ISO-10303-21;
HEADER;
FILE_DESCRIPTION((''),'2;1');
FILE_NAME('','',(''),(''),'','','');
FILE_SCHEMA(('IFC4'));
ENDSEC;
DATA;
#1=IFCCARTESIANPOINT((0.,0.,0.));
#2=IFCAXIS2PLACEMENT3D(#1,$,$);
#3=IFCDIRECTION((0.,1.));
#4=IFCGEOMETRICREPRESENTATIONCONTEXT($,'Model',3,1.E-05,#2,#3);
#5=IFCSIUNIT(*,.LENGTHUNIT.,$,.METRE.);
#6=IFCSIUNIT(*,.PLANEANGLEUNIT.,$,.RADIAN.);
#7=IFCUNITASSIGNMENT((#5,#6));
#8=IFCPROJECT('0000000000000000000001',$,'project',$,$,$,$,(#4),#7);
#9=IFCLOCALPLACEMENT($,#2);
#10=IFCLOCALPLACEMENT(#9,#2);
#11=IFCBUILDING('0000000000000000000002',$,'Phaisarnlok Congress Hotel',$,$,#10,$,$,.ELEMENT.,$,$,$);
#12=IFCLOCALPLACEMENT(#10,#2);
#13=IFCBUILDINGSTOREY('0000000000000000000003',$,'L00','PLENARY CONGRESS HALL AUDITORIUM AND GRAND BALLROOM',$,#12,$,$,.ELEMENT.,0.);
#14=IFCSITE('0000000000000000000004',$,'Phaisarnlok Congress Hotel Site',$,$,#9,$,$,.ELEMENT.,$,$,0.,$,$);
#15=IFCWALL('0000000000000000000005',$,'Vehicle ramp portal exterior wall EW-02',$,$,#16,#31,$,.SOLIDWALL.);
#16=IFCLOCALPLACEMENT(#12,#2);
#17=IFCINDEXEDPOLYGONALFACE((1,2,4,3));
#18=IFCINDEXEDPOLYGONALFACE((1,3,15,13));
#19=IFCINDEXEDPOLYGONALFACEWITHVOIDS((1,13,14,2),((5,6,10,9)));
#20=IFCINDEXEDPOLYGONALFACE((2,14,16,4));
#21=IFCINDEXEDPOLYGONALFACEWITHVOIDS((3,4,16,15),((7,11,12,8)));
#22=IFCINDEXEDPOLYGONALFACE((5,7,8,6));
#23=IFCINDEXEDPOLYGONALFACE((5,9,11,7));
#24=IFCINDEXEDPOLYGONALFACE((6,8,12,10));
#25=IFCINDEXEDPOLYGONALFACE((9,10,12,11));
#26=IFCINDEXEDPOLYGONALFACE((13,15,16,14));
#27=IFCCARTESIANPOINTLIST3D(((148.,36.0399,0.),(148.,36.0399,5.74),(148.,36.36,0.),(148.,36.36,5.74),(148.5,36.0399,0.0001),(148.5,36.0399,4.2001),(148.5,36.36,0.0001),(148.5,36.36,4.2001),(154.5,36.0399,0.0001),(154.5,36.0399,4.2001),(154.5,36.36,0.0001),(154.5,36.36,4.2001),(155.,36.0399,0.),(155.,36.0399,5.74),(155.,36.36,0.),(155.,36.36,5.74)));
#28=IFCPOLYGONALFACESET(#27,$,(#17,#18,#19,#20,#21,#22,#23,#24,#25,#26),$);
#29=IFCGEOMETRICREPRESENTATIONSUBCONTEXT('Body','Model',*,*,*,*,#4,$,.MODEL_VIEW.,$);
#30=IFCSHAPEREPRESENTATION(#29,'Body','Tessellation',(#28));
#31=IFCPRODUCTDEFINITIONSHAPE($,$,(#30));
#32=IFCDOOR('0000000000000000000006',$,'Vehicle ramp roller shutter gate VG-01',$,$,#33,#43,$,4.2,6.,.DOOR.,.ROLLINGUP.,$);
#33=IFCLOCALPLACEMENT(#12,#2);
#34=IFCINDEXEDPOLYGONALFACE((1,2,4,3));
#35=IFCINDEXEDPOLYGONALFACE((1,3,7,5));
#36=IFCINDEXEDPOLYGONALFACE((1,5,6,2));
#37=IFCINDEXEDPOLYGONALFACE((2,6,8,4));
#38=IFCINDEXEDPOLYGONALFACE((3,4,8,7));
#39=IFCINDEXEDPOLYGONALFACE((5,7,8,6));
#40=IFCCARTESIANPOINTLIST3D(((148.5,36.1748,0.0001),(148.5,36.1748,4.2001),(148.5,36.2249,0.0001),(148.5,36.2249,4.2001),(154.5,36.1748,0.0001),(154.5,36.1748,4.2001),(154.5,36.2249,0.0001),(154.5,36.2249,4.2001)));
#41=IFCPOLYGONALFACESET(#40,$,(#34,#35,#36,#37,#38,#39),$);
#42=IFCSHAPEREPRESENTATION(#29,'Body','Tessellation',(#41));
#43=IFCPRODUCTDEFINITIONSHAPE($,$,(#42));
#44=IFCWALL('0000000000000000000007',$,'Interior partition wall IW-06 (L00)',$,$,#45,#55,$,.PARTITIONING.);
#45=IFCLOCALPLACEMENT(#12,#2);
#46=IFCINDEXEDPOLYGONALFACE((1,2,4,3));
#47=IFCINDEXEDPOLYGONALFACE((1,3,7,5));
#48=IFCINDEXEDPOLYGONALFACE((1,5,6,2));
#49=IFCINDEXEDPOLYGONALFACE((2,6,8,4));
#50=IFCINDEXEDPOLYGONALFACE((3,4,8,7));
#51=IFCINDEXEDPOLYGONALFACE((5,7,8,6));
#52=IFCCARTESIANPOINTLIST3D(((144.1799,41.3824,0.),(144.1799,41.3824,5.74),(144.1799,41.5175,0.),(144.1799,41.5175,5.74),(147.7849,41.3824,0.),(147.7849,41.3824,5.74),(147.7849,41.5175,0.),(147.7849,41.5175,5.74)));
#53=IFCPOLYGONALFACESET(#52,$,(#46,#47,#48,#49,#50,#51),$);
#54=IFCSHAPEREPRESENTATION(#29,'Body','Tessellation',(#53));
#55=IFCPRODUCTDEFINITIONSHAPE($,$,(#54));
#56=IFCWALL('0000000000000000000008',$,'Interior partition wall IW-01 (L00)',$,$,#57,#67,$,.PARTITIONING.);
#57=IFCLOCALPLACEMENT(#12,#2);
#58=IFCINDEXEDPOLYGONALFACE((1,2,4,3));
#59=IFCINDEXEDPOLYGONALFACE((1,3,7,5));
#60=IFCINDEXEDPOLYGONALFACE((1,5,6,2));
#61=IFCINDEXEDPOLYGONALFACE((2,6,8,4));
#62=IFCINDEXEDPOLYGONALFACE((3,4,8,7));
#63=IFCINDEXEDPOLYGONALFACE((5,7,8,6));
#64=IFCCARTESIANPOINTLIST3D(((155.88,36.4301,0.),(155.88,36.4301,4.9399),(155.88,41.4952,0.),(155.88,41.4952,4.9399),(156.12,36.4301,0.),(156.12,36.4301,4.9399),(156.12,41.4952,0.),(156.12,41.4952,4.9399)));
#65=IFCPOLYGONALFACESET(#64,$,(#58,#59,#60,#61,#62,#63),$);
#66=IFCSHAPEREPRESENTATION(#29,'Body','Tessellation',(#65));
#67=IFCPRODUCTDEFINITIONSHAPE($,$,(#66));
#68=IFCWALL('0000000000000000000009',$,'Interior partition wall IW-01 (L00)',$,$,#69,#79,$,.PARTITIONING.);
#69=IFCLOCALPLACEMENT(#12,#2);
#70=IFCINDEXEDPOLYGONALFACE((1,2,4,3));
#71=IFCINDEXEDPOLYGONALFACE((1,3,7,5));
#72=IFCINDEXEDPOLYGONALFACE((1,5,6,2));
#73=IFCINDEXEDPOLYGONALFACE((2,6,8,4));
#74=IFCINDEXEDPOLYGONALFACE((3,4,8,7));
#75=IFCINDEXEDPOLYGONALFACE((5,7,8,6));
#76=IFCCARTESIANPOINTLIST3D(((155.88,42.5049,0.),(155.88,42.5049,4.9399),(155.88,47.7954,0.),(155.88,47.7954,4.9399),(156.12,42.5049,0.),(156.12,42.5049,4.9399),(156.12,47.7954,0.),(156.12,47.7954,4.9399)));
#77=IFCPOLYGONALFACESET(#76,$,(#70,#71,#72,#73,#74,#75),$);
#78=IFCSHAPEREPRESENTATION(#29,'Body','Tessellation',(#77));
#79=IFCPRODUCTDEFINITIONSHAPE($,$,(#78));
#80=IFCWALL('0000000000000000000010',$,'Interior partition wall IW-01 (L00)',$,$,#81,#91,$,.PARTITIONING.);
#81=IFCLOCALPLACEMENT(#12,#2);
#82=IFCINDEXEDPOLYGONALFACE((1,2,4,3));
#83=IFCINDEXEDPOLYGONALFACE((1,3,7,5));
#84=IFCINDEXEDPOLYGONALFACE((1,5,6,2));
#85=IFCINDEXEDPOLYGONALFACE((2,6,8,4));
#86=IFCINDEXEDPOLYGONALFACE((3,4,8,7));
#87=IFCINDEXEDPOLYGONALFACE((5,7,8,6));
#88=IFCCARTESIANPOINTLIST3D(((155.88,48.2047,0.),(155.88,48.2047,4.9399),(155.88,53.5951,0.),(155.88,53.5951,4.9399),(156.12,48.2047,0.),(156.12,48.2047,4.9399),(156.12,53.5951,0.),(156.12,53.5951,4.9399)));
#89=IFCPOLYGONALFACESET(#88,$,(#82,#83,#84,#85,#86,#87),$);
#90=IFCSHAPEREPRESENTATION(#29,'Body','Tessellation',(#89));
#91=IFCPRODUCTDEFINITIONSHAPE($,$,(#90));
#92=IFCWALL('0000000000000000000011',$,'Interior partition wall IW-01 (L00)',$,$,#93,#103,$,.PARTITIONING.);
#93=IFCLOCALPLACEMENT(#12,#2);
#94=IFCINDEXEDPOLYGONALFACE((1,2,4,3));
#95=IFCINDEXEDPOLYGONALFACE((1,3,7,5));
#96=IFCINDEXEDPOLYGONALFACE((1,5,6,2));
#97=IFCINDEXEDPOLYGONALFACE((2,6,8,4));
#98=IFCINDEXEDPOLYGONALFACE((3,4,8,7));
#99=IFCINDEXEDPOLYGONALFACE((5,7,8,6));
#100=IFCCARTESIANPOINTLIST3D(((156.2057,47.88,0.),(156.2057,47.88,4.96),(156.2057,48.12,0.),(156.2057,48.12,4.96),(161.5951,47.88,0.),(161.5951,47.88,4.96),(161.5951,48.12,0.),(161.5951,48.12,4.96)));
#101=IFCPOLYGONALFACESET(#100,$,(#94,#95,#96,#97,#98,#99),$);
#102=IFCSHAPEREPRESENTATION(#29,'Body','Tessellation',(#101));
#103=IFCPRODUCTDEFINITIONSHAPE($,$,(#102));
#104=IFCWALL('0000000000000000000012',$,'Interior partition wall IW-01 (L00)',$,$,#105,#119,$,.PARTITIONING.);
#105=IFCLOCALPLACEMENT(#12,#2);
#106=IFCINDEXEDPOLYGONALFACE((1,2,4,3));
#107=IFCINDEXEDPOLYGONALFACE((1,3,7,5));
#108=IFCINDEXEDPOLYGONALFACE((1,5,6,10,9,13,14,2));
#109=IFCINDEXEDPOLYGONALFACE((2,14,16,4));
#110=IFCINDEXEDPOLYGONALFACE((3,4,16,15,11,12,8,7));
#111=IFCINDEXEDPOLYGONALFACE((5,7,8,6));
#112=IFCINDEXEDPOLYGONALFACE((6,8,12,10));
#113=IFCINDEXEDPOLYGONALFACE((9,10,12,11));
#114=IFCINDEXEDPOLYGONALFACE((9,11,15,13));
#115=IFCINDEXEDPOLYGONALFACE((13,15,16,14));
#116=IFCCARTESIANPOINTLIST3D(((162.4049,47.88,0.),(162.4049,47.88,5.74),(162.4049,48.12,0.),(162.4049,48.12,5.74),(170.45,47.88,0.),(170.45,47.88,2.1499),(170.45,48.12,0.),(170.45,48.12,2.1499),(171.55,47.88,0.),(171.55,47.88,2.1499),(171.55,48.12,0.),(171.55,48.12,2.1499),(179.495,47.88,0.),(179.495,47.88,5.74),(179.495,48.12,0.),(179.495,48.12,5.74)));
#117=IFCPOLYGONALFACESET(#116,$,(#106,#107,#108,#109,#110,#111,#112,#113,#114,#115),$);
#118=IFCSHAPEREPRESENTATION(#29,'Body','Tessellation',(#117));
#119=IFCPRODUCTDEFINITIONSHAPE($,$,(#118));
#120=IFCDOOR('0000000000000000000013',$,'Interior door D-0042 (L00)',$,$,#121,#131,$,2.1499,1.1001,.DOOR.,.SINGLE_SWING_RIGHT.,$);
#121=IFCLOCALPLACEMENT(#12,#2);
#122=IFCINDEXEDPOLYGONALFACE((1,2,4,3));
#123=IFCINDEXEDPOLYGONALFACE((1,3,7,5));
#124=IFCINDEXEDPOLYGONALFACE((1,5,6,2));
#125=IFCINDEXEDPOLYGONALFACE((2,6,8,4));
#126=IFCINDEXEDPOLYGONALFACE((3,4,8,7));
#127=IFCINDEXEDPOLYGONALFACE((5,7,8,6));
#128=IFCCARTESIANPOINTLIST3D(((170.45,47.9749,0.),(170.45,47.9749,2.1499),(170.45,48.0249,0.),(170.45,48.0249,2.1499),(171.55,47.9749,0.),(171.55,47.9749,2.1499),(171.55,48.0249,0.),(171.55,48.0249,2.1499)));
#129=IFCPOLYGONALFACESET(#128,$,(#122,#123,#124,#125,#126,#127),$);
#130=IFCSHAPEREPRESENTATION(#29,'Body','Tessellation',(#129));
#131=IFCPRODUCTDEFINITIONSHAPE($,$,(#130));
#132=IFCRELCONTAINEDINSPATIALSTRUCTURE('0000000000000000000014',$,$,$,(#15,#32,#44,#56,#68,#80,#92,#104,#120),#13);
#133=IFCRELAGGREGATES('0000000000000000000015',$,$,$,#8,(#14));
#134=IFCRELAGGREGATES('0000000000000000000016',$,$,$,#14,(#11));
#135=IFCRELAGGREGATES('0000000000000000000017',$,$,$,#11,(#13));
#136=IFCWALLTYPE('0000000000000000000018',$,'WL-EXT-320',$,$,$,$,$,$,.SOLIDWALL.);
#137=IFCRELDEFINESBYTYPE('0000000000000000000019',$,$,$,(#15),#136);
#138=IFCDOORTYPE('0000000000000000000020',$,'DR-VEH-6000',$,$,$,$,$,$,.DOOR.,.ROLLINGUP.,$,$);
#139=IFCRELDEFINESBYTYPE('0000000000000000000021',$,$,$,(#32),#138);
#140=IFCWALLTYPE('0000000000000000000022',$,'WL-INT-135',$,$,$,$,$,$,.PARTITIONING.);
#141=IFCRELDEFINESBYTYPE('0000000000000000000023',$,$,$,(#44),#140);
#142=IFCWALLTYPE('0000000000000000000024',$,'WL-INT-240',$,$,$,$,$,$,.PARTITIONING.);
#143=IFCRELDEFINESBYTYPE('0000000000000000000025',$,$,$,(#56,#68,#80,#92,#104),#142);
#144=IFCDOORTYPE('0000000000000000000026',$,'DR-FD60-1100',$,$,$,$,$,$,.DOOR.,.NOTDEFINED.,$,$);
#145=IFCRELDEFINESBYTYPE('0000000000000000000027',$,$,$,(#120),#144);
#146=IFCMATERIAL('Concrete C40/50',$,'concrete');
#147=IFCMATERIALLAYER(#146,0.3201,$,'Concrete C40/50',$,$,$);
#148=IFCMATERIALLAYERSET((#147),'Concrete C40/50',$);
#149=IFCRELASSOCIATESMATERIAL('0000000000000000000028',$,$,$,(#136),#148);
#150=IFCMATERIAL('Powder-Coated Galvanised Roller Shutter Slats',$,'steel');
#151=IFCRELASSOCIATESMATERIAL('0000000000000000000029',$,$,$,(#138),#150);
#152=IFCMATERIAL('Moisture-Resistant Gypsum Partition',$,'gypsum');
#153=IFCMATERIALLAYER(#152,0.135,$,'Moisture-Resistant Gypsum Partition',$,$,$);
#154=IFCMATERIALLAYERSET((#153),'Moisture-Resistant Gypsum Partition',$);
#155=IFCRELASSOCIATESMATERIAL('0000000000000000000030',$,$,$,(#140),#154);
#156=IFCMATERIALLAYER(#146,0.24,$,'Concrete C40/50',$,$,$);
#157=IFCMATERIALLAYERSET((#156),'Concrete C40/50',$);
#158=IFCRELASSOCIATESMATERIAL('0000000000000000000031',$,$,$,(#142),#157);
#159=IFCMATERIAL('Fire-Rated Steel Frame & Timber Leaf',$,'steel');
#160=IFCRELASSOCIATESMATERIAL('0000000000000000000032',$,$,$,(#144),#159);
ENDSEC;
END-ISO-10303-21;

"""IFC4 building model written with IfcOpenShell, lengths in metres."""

from ifc_helpers import new_model, si_unit, direction, frame, frame_2d, origin, place, context, subcontext, project, spatial, rectangle, extrude, material, layer, layer_set, type_object, element, fill, save


model = new_model("IFC4")

# Units and contexts
model_context = context("Model", 3, precision=1e-05, world=origin(), true_north=direction((0.0, 1.0)))
body_context = subcontext(model_context, "Body", "Model", "MODEL_VIEW")
ifc_project = project(units=[si_unit("LENGTHUNIT", "METRE"), si_unit("PLANEANGLEUNIT", "RADIAN")], contexts=[model_context])

# Site, building, storey
site_placement = place(None, origin())
site = spatial("IfcSite", under=ifc_project, at=site_placement, Name="Phaisarnlok Congress Hotel Site", CompositionType="ELEMENT", RefElevation=0.0)
building_placement = place(site_placement, origin())
building = spatial("IfcBuilding", under=site, at=building_placement, Name="Phaisarnlok Congress Hotel", CompositionType="ELEMENT")
storey_placement = place(building_placement, origin())
storey = spatial("IfcBuildingStorey", under=building, at=storey_placement, Name="L00", Description="PLENARY CONGRESS HALL AUDITORIUM AND GRAND BALLROOM", CompositionType="ELEMENT", Elevation=0.0)

# Shared definitions
ifc_material_1 = material(Name="Concrete C40/50", Category="concrete")

# Wall, opening, door
ifc_layer_1 = layer(ifc_material_1, 0.3201, Name="Concrete C40/50")
ifc_layer_set_1 = layer_set([ifc_layer_1], Name="Concrete C40/50")
wall_type_1 = type_object("IfcWallType", Name="WL-EXT-320", PredefinedType="SOLIDWALL", material=ifc_layer_set_1)
wall_1_placement = place(storey_placement, frame((155.0, 36.2, 0.0), z_axis=(0.0, 0.0, 1.0), x_axis=(-1.0, 0.0, 0.0)))
wall_1 = element("IfcWall", 1, at=wall_1_placement, inside=storey, type_object=wall_type_1, Name="Vehicle ramp portal exterior wall EW-02", PredefinedType="SOLIDWALL", context=body_context, shape_type="SweptSolid", body=[
    extrude(rectangle(XDim=7.0, YDim=0.3201, at=frame_2d((3.5, 0.0))), origin(), (0.0, 0.0, 1.0), 5.74),
])
opening_1_placement = place(wall_1_placement, frame((0.5, 0.0, 0.0)))
opening_1 = element("IfcOpeningElement", 2, at=opening_1_placement, cuts=wall_1, PredefinedType="OPENING", context=body_context, shape_type="SweptSolid", body=[
    extrude(rectangle(XDim=6.0, YDim=4.2, at=frame_2d((3.0, 2.1001))), frame((0.0, 0.1699, 0.0), z_axis=(0.0, -1.0, 0.0), x_axis=(1.0, 0.0, 0.0)), (0.0, 0.0, 1.0), 0.3401),
])
ifc_material_2 = material(Name="Powder-Coated Galvanised Roller Shutter Slats", Category="steel")
door_type_1 = type_object("IfcDoorType", Name="DR-VEH-6000", OperationType="ROLLINGUP", PredefinedType="DOOR", material=ifc_material_2)
door_1_placement = place(opening_1_placement, frame((6.0, 0.0, 0.0), z_axis=(0.0, 0.0, 1.0), x_axis=(-1.0, 0.0, 0.0)))
door_1 = element("IfcDoor", 3, at=door_1_placement, inside=storey, type_object=door_type_1, Name="Vehicle ramp roller shutter gate VG-01", OperationType="ROLLINGUP", OverallHeight=4.2, OverallWidth=6.0, PredefinedType="DOOR", context=body_context, shape_type="SweptSolid", body=[
    extrude(rectangle(XDim=6.0, YDim=4.2, at=frame_2d((3.0, 2.1001))), frame((0.0, 0.0249, 0.0), z_axis=(0.0, -1.0, 0.0), x_axis=(1.0, 0.0, 0.0)), (0.0, 0.0, 1.0), 0.05),
])
fill(opening_1, door_1)

# Walls
ifc_material_3 = material(Name="Moisture-Resistant Gypsum Partition", Category="gypsum")
ifc_layer_2 = layer(ifc_material_3, 0.135, Name="Moisture-Resistant Gypsum Partition")
ifc_layer_set_2 = layer_set([ifc_layer_2], Name="Moisture-Resistant Gypsum Partition")
wall_type_2 = type_object("IfcWallType", Name="WL-INT-135", PredefinedType="PARTITIONING", material=ifc_layer_set_2)
wall_2_placement = place(storey_placement, frame((144.1799, 41.45, 0.0), z_axis=(0.0, 0.0, 1.0), x_axis=(1.0, 0.0, 0.0)))
element("IfcWall", 4, at=wall_2_placement, inside=storey, type_object=wall_type_2, Name="Interior partition wall IW-06 (L00)", PredefinedType="PARTITIONING", context=body_context, shape_type="SweptSolid", body=[
    extrude(rectangle(XDim=3.605, YDim=0.135, at=frame_2d((1.8025, 0.0))), origin(), (0.0, 0.0, 1.0), 5.74),
])
ifc_layer_3 = layer(ifc_material_1, 0.24, Name="Concrete C40/50")
ifc_layer_set_3 = layer_set([ifc_layer_3], Name="Concrete C40/50")
wall_type_3 = type_object("IfcWallType", Name="WL-INT-240", PredefinedType="PARTITIONING", material=ifc_layer_set_3)
wall_3_placement = place(storey_placement, frame((156.0, 36.4299, 0.0), z_axis=(0.0, 0.0, 1.0), x_axis=(0.0, 1.0, 0.0)))
element("IfcWall", 5, at=wall_3_placement, inside=storey, type_object=wall_type_3, Name="Interior partition wall IW-01 (L00)", PredefinedType="PARTITIONING", context=body_context, shape_type="SweptSolid", body=[
    extrude(rectangle(XDim=5.0652, YDim=0.24, at=frame_2d((2.5327, 0.0))), origin(), (0.0, 0.0, 1.0), 4.9399),
])
wall_4_placement = place(storey_placement, frame((156.0, 42.5049, 0.0), z_axis=(0.0, 0.0, 1.0), x_axis=(0.0, 1.0, 0.0)))
element("IfcWall", 6, at=wall_4_placement, inside=storey, type_object=wall_type_3, Name="Interior partition wall IW-01 (L00)", PredefinedType="PARTITIONING", context=body_context, shape_type="SweptSolid", body=[
    extrude(rectangle(XDim=5.2905, YDim=0.24, at=frame_2d((2.6453, 0.0))), origin(), (0.0, 0.0, 1.0), 4.9399),
])
wall_5_placement = place(storey_placement, frame((156.0, 48.2046, 0.0), z_axis=(0.0, 0.0, 1.0), x_axis=(0.0, 1.0, 0.0)))
element("IfcWall", 7, at=wall_5_placement, inside=storey, type_object=wall_type_3, Name="Interior partition wall IW-01 (L00)", PredefinedType="PARTITIONING", context=body_context, shape_type="SweptSolid", body=[
    extrude(rectangle(XDim=5.3904, YDim=0.24, at=frame_2d((2.6953, 0.0))), origin(), (0.0, 0.0, 1.0), 4.9399),
])
wall_6_placement = place(storey_placement, frame((156.2056, 48.0, 0.0), z_axis=(0.0, 0.0, 1.0), x_axis=(1.0, 0.0, 0.0)))
element("IfcWall", 8, at=wall_6_placement, inside=storey, type_object=wall_type_3, Name="Interior partition wall IW-01 (L00)", PredefinedType="PARTITIONING", context=body_context, shape_type="SweptSolid", body=[
    extrude(rectangle(XDim=5.3894, YDim=0.24, at=frame_2d((2.6948, 0.0))), origin(), (0.0, 0.0, 1.0), 4.96),
])

# Wall, opening, door
wall_7_placement = place(storey_placement, frame((162.405, 48.0, 0.0), z_axis=(0.0, 0.0, 1.0), x_axis=(1.0, 0.0, 0.0)))
wall_7 = element("IfcWall", 9, at=wall_7_placement, inside=storey, type_object=wall_type_3, Name="Interior partition wall IW-01 (L00)", PredefinedType="PARTITIONING", context=body_context, shape_type="SweptSolid", body=[
    extrude(rectangle(XDim=17.0901, YDim=0.24, at=frame_2d((8.5449, 0.0))), origin(), (0.0, 0.0, 1.0), 5.74),
])
opening_2_placement = place(wall_7_placement, frame((8.0449, 0.0, 0.0)))
opening_2 = element("IfcOpeningElement", 10, at=opening_2_placement, cuts=wall_7, PredefinedType="OPENING", context=body_context, shape_type="SweptSolid", body=[
    extrude(rectangle(XDim=1.1001, YDim=2.1499, at=frame_2d((0.55, 1.075))), frame((0.0, 0.1299, 0.0), z_axis=(0.0, -1.0, 0.0), x_axis=(1.0, 0.0, 0.0)), (0.0, 0.0, 1.0), 0.26),
])
ifc_material_4 = material(Name="Fire-Rated Steel Frame & Timber Leaf", Category="steel")
door_type_2 = type_object("IfcDoorType", Name="DR-FD60-1100", OperationType="NOTDEFINED", PredefinedType="DOOR", material=ifc_material_4)
door_2_placement = place(opening_2_placement, origin())
door_2 = element("IfcDoor", 11, at=door_2_placement, inside=storey, type_object=door_type_2, Name="Interior door D-0042 (L00)", OperationType="SINGLE_SWING_RIGHT", OverallHeight=2.1499, OverallWidth=1.1001, PredefinedType="DOOR", context=body_context, shape_type="SweptSolid", body=[
    extrude(rectangle(XDim=1.1001, YDim=2.1499, at=frame_2d((0.55, 1.075))), frame((0.0, 0.0249, 0.0), z_axis=(0.0, -1.0, 0.0), x_axis=(1.0, 0.0, 0.0)), (0.0, 0.0, 1.0), 0.05),
])
fill(opening_2, door_2)

save(model, "model.ifc")
